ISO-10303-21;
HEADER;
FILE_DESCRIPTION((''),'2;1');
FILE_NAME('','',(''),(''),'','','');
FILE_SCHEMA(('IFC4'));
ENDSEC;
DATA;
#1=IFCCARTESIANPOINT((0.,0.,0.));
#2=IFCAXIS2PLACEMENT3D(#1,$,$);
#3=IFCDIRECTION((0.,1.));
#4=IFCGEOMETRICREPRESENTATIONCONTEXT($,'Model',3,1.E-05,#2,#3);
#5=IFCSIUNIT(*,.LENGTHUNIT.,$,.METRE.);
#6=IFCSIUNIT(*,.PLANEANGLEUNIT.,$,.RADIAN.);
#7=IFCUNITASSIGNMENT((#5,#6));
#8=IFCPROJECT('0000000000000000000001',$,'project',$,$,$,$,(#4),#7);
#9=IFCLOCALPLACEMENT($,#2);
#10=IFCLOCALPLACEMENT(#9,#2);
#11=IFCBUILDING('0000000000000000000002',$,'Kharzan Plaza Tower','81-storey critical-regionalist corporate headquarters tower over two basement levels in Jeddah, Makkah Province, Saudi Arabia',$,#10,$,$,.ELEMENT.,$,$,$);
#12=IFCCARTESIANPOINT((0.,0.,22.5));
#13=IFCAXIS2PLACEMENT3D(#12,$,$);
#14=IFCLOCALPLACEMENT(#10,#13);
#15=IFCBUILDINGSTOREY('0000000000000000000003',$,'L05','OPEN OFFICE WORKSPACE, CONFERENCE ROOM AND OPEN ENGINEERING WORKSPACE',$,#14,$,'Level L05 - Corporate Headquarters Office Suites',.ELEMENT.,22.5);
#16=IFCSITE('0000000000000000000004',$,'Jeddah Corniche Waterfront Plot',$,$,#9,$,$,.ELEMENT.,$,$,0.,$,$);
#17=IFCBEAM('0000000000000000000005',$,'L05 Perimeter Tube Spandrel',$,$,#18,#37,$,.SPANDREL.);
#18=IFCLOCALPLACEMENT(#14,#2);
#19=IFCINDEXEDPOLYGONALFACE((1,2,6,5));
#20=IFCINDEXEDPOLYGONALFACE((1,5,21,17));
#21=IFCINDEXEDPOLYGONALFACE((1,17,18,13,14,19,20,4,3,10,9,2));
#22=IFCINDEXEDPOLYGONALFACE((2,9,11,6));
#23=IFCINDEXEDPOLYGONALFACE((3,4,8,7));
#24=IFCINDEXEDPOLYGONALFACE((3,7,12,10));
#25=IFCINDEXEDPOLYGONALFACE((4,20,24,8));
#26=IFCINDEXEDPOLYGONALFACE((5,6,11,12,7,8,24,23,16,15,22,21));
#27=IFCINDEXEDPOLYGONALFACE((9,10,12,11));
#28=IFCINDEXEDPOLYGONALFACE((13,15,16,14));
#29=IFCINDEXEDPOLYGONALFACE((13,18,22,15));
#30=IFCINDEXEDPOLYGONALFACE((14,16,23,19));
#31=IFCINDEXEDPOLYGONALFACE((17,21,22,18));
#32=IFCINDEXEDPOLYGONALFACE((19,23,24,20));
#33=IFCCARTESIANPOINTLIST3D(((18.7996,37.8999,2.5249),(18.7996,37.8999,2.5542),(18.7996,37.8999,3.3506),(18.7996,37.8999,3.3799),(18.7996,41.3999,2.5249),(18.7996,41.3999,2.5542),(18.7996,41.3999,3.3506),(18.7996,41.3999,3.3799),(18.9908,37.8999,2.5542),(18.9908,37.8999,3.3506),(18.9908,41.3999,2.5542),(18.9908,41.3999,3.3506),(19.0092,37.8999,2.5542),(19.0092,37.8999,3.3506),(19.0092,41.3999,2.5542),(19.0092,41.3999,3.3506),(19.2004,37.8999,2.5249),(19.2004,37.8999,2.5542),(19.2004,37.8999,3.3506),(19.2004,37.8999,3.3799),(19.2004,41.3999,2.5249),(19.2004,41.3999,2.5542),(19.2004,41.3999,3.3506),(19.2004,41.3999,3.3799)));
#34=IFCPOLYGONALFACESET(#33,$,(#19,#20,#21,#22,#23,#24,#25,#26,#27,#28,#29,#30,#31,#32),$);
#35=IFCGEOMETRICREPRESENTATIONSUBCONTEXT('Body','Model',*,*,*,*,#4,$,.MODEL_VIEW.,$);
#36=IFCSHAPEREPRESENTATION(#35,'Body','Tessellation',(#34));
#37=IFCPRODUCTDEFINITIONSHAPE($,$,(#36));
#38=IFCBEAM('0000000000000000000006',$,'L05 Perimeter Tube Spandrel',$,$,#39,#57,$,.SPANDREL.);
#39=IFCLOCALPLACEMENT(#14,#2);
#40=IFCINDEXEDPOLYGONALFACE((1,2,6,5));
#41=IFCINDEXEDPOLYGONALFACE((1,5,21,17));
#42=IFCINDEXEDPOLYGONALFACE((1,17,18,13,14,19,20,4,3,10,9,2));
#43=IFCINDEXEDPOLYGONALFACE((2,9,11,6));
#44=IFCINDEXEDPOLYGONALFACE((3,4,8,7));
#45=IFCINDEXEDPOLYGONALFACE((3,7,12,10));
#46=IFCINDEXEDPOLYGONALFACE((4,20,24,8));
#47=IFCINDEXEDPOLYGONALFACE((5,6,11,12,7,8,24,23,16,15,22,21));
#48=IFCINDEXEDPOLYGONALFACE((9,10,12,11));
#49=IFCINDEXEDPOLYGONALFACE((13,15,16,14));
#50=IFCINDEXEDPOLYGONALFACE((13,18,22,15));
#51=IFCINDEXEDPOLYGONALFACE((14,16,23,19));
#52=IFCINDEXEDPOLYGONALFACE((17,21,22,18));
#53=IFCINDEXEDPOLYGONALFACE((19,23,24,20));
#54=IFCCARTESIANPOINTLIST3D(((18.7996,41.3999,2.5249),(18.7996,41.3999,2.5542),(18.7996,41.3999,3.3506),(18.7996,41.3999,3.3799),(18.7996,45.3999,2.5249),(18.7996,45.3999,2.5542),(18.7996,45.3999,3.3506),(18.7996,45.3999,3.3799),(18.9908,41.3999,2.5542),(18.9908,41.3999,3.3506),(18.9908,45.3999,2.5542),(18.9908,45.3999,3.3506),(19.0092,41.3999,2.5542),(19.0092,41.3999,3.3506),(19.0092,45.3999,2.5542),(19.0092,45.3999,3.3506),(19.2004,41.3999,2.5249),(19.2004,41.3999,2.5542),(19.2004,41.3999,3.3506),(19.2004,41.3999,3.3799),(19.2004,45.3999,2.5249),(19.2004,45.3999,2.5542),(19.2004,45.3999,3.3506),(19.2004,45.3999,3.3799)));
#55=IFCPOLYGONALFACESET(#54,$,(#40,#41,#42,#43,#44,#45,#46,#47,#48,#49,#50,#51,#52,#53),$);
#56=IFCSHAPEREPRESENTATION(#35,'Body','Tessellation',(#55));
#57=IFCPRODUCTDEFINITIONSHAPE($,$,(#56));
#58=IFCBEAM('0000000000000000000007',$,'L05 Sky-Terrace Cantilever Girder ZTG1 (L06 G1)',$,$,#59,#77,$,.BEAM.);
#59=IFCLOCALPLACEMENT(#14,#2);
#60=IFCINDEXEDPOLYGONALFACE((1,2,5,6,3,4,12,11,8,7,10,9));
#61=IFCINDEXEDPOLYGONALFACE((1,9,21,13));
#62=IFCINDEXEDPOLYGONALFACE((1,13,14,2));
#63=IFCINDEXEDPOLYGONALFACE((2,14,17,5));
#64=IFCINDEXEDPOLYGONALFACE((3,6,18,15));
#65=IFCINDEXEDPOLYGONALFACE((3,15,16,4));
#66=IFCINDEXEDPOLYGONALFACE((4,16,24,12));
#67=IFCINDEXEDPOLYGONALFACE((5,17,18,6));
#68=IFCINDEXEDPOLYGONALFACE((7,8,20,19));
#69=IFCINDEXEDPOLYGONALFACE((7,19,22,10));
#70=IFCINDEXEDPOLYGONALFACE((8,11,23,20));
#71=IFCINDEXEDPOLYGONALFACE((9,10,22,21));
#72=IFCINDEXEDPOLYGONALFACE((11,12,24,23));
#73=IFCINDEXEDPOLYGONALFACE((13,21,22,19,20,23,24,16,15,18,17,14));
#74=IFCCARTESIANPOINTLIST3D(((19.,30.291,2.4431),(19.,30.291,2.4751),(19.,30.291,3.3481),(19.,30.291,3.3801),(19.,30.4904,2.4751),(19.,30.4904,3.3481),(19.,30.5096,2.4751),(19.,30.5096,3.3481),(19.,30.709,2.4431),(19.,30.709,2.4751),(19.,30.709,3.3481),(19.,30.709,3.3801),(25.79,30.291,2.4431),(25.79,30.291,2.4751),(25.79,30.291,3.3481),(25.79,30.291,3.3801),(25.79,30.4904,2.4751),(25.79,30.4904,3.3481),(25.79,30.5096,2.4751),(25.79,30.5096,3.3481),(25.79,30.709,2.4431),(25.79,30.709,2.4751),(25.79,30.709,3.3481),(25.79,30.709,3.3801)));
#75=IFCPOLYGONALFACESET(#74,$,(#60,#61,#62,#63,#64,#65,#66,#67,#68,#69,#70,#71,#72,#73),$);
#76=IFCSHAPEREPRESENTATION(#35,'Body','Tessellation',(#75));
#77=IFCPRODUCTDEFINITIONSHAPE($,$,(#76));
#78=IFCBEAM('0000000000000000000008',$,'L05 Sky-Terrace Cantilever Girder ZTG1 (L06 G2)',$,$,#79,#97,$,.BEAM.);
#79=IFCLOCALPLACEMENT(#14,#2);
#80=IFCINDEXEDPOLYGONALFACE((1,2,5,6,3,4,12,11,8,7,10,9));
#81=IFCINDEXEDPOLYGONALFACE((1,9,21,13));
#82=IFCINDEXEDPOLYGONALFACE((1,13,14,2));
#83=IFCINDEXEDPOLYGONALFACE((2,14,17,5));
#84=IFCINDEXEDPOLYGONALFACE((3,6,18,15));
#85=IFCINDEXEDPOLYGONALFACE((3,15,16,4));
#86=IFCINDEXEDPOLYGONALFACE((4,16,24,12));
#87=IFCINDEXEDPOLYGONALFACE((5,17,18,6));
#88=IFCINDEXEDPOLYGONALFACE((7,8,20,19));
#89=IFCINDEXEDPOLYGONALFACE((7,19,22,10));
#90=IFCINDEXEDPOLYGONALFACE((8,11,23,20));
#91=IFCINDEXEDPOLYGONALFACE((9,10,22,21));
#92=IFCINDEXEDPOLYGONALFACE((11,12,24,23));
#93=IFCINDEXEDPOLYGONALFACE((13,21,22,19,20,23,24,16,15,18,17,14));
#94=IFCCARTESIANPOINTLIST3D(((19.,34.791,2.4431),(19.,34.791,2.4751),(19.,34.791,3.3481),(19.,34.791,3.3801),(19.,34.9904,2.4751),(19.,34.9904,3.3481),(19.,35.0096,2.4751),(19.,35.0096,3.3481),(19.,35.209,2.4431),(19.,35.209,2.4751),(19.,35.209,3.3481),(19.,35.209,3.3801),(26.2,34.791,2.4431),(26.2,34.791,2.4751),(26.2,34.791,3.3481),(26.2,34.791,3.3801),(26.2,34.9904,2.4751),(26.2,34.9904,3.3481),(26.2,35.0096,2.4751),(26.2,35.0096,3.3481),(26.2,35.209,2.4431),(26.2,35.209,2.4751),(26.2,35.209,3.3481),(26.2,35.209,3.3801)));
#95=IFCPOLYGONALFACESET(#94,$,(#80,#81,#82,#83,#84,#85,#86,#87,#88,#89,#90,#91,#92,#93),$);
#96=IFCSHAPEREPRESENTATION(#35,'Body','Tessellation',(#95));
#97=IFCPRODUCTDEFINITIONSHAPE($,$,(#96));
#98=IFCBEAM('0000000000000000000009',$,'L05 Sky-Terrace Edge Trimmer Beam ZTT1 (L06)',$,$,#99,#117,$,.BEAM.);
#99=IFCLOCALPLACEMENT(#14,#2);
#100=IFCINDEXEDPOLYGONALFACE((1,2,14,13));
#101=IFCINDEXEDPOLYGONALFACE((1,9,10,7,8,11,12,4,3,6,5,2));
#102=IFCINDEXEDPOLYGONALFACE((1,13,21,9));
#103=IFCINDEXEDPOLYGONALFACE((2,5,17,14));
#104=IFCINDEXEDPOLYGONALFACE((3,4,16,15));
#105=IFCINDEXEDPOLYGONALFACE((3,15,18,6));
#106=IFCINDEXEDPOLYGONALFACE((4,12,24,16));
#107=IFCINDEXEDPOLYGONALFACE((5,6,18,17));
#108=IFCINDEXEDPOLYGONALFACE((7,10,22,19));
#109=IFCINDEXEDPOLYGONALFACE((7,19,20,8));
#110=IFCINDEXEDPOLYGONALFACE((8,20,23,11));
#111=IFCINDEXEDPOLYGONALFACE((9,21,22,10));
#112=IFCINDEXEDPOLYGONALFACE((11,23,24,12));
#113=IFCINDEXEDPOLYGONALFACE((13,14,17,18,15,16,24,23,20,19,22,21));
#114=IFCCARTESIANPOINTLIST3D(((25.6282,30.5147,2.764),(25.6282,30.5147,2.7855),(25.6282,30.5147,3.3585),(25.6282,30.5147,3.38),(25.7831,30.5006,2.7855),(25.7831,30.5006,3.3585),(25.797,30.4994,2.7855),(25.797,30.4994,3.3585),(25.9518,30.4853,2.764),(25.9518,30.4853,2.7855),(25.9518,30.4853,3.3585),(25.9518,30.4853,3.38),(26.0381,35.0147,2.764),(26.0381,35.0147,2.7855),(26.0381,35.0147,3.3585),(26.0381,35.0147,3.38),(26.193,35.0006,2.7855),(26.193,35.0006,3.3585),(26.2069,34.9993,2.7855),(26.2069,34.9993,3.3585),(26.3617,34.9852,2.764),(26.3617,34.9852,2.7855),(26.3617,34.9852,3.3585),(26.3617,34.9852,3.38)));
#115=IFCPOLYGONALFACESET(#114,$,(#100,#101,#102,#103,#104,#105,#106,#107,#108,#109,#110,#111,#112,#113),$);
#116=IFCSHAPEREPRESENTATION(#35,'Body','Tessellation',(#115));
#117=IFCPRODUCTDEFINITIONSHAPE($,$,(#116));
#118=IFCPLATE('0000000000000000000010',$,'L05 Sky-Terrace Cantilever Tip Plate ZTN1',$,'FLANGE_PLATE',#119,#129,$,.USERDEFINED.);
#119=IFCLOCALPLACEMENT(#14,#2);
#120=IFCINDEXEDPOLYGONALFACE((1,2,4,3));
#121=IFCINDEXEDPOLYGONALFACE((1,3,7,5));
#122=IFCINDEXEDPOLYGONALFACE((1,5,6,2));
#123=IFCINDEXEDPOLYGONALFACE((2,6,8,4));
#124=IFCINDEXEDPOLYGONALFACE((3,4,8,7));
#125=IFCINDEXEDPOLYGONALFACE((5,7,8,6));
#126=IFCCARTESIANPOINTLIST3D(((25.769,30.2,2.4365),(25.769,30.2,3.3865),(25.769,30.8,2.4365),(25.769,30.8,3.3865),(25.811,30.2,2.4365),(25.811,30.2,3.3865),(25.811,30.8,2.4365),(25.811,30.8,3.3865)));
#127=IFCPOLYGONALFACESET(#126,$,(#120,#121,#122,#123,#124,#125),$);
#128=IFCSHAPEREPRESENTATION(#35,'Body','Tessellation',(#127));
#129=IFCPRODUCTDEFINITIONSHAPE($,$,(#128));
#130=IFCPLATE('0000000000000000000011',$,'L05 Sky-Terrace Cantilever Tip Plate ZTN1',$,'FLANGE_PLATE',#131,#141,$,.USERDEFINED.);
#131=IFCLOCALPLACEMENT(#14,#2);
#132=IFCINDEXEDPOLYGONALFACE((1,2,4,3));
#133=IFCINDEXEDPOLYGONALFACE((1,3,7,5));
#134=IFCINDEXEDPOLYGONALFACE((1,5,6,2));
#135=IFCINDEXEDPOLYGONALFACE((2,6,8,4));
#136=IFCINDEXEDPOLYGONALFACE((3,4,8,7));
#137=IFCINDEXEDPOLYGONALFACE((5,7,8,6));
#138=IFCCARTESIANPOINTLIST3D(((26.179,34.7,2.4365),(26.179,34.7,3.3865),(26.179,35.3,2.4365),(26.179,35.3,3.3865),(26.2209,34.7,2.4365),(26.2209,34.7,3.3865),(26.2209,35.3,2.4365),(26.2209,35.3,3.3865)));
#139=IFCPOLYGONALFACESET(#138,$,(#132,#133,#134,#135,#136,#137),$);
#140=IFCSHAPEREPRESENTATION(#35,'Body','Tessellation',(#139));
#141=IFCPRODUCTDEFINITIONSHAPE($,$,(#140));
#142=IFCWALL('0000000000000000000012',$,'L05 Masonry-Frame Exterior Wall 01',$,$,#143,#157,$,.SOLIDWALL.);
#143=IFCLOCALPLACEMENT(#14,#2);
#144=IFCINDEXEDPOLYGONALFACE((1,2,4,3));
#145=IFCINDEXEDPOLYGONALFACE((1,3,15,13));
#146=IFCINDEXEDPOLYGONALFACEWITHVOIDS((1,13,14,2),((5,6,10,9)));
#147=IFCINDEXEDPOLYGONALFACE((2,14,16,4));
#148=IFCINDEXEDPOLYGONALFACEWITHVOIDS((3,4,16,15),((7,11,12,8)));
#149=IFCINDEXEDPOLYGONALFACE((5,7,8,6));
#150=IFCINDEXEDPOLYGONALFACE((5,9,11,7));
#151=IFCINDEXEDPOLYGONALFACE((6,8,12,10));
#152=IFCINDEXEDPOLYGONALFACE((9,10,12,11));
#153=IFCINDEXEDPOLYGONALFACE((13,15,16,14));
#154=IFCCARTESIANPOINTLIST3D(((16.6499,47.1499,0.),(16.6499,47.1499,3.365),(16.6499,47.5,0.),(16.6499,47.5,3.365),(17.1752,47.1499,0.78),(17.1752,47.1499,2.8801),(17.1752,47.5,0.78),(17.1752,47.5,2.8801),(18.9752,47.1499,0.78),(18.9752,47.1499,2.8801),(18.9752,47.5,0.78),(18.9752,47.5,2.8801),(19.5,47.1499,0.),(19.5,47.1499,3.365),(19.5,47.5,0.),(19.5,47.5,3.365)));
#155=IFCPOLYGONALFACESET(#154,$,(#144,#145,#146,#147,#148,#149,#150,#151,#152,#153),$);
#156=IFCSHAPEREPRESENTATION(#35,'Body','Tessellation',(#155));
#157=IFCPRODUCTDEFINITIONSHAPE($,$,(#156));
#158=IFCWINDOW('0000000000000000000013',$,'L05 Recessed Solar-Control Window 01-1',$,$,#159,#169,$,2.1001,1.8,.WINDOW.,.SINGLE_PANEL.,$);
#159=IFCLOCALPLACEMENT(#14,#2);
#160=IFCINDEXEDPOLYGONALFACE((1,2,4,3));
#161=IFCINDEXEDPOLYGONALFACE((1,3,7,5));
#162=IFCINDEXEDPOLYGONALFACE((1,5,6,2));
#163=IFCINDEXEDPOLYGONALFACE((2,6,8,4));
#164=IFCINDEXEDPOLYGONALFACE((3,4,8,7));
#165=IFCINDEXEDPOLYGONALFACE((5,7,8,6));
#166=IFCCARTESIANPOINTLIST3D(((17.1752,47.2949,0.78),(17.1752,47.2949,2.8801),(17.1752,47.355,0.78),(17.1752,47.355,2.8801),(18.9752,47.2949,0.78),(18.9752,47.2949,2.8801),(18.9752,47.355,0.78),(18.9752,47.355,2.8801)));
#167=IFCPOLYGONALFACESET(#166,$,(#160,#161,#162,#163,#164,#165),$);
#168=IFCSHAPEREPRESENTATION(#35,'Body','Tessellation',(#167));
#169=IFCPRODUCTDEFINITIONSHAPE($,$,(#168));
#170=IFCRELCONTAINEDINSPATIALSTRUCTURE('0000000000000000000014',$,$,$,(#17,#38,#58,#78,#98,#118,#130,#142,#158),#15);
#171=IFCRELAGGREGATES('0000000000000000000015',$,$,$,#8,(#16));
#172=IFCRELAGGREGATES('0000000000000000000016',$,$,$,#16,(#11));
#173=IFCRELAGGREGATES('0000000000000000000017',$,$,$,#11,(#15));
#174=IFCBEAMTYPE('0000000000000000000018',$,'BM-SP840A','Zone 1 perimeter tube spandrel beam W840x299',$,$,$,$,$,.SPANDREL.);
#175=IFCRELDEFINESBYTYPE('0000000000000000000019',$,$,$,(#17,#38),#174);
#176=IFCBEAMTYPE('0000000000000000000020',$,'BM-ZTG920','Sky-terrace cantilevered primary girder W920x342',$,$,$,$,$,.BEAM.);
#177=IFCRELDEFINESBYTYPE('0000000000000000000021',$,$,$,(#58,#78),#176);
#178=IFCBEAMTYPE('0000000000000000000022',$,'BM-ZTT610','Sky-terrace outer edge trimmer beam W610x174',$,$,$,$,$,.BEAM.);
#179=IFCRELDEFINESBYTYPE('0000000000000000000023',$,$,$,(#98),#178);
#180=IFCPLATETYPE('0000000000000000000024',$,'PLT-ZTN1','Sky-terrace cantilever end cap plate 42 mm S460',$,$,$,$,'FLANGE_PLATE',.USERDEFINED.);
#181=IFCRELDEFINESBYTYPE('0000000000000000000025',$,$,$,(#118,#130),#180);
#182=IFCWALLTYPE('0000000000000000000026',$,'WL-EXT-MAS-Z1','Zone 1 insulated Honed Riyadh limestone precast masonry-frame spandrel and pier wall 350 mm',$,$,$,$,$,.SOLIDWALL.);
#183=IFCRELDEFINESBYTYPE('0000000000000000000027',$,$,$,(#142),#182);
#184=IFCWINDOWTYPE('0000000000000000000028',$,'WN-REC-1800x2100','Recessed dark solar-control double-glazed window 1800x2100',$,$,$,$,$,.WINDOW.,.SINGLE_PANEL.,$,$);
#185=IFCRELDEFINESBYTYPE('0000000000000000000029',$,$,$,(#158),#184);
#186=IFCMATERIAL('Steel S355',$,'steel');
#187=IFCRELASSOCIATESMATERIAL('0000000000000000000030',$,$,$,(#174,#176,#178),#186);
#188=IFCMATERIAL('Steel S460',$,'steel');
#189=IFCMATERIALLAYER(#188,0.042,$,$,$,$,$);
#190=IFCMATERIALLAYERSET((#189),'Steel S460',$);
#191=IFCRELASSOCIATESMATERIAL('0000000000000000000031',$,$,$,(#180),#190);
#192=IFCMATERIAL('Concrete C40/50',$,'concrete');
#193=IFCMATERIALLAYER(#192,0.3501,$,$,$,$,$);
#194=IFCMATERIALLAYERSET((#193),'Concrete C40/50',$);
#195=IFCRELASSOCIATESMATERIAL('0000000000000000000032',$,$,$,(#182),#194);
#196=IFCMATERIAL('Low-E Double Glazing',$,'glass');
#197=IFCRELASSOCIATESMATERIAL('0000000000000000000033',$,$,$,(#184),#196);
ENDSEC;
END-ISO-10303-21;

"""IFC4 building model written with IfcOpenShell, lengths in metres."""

from ifc_helpers import new_model, si_unit, direction, frame, frame_2d, origin, origin_2d, place, context, subcontext, project, spatial, rectangle, i_section, extrude, source, transform, mapped, material, layer, layer_set, material_profile, profile_set, type_object, element, fill, save


model = new_model("IFC4")

# Units and contexts
model_context = context("Model", 3, precision=1e-05, world=origin(), true_north=direction((0.0, 1.0)))
body_context = subcontext(model_context, "Body", "Model", "MODEL_VIEW")
ifc_project = project(units=[si_unit("LENGTHUNIT", "METRE"), si_unit("PLANEANGLEUNIT", "RADIAN")], contexts=[model_context])

# Site, building, storey
site_placement = place(None, origin())
site = spatial("IfcSite", under=ifc_project, at=site_placement, Name="Jeddah Corniche Waterfront Plot", CompositionType="ELEMENT", RefElevation=0.0)
building_placement = place(site_placement, origin())
building = spatial("IfcBuilding", under=site, at=building_placement, Name="Kharzan Plaza Tower", Description="81-storey critical-regionalist corporate headquarters tower over two basement levels in Jeddah, Makkah Province, Saudi Arabia", CompositionType="ELEMENT")
storey_placement = place(building_placement, frame((0.0, 0.0, 22.5)))
storey = spatial("IfcBuildingStorey", under=building, at=storey_placement, Name="L05", Description="OPEN OFFICE WORKSPACE, CONFERENCE ROOM AND OPEN ENGINEERING WORKSPACE", LongName="Level L05 - Corporate Headquarters Office Suites", CompositionType="ELEMENT", Elevation=22.5)

# Beams
ifc_material_1 = material(Name="Steel S355", Category="steel")
ifc_material_profile_1 = material_profile(ifc_material_1, i_section(OverallWidth=0.4009, OverallDepth=0.855, WebThickness=0.0183, FlangeThickness=0.0293, at=origin_2d()), Name="W840x299")
ifc_profile_set_1 = profile_set([ifc_material_profile_1], Name="Steel S355")
beam_type_1 = type_object("IfcBeamType", Name="BM-SP840A", Description="Zone 1 perimeter tube spandrel beam W840x299", PredefinedType="SPANDREL", material=ifc_profile_set_1)
shared_shape_1 = source(origin(), body_context, "Body", "SweptSolid", [
    extrude(i_section(OverallWidth=0.4009, OverallDepth=0.855, WebThickness=0.0183, FlangeThickness=0.0293, at=origin_2d()), origin(), (0.0, 0.0, 1.0), 3.5),
])
beam_1_placement = place(storey_placement, frame((19.0, 37.8999, 2.9524), z_axis=(0.0, 1.0, 0.0), x_axis=(-1.0, 0.0, 0.0)))
element("IfcBeam", 1, at=beam_1_placement, inside=storey, type_object=beam_type_1, Name="L05 Perimeter Tube Spandrel", PredefinedType="SPANDREL", context=body_context, shape_type="MappedRepresentation", body=[
    mapped(shared_shape_1, transform((0.0, 0.0, 0.0), x_axis=(1.0, 0.0, 0.0), y_axis=(0.0, 1.0, 0.0), z_axis=(0.0, 0.0, 1.0))),
])
shared_shape_2 = source(origin(), body_context, "Body", "SweptSolid", [
    extrude(i_section(OverallWidth=0.4009, OverallDepth=0.855, WebThickness=0.0183, FlangeThickness=0.0293, at=origin_2d()), origin(), (0.0, 0.0, 1.0), 4.0),
])
beam_2_placement = place(storey_placement, frame((19.0, 41.3999, 2.9524), z_axis=(0.0, 1.0, 0.0), x_axis=(-1.0, 0.0, 0.0)))
element("IfcBeam", 2, at=beam_2_placement, inside=storey, type_object=beam_type_1, Name="L05 Perimeter Tube Spandrel", PredefinedType="SPANDREL", context=body_context, shape_type="MappedRepresentation", body=[
    mapped(shared_shape_2, transform((0.0, 0.0, 0.0), x_axis=(1.0, 0.0, 0.0), y_axis=(0.0, 1.0, 0.0), z_axis=(0.0, 0.0, 1.0))),
])
ifc_material_profile_2 = material_profile(ifc_material_1, i_section(OverallWidth=0.418, OverallDepth=0.937, WebThickness=0.0193, FlangeThickness=0.032, at=origin_2d()), Name="W920x342")
ifc_profile_set_2 = profile_set([ifc_material_profile_2], Name="Steel S355")
beam_type_2 = type_object("IfcBeamType", Name="BM-ZTG920", Description="Sky-terrace cantilevered primary girder W920x342", PredefinedType="BEAM", material=ifc_profile_set_2)
shared_shape_3 = source(origin(), body_context, "Body", "SweptSolid", [
    extrude(i_section(OverallWidth=0.418, OverallDepth=0.937, WebThickness=0.0193, FlangeThickness=0.032, at=origin_2d()), origin(), (0.0, 0.0, 1.0), 6.79),
])
beam_3_placement = place(storey_placement, frame((19.0, 30.5, 2.9116), z_axis=(1.0, 0.0, 0.0), x_axis=(0.0, 1.0, 0.0)))
element("IfcBeam", 3, at=beam_3_placement, inside=storey, type_object=beam_type_2, Name="L05 Sky-Terrace Cantilever Girder ZTG1 (L06 G1)", PredefinedType="BEAM", context=body_context, shape_type="MappedRepresentation", body=[
    mapped(shared_shape_3, transform((0.0, 0.0, 0.0), x_axis=(1.0, 0.0, 0.0), y_axis=(0.0, 1.0, 0.0), z_axis=(0.0, 0.0, 1.0))),
])
shared_shape_4 = source(origin(), body_context, "Body", "SweptSolid", [
    extrude(i_section(OverallWidth=0.418, OverallDepth=0.937, WebThickness=0.0193, FlangeThickness=0.032, at=origin_2d()), origin(), (0.0, 0.0, 1.0), 7.2),
])
beam_4_placement = place(storey_placement, frame((19.0, 35.0, 2.9116), z_axis=(1.0, 0.0, 0.0), x_axis=(0.0, 1.0, 0.0)))
element("IfcBeam", 4, at=beam_4_placement, inside=storey, type_object=beam_type_2, Name="L05 Sky-Terrace Cantilever Girder ZTG1 (L06 G2)", PredefinedType="BEAM", context=body_context, shape_type="MappedRepresentation", body=[
    mapped(shared_shape_4, transform((0.0, 0.0, 0.0), x_axis=(1.0, 0.0, 0.0), y_axis=(0.0, 1.0, 0.0), z_axis=(0.0, 0.0, 1.0))),
])
ifc_material_profile_3 = material_profile(ifc_material_1, i_section(OverallWidth=0.325, OverallDepth=0.616, WebThickness=0.0139, FlangeThickness=0.0215, at=origin_2d()), Name="W610x174")
ifc_profile_set_3 = profile_set([ifc_material_profile_3], Name="Steel S355")
beam_type_3 = type_object("IfcBeamType", Name="BM-ZTT610", Description="Sky-terrace outer edge trimmer beam W610x174", PredefinedType="BEAM", material=ifc_profile_set_3)
shared_shape_5 = source(origin(), body_context, "Body", "SweptSolid", [
    extrude(i_section(OverallWidth=0.325, OverallDepth=0.616, WebThickness=0.0139, FlangeThickness=0.0215, at=origin_2d()), origin(), (0.0, 0.0, 1.0), 4.5186),
])
beam_5_placement = place(storey_placement, frame((25.79, 30.5, 3.072), z_axis=(0.090716, 0.995877, 0.0), x_axis=(-0.995877, 0.090716, 0.0)))
element("IfcBeam", 5, at=beam_5_placement, inside=storey, type_object=beam_type_3, Name="L05 Sky-Terrace Edge Trimmer Beam ZTT1 (L06)", PredefinedType="BEAM", context=body_context, shape_type="MappedRepresentation", body=[
    mapped(shared_shape_5, transform((0.0, 0.0, 0.0), x_axis=(1.0, 0.0, 0.0), y_axis=(0.0, 1.0, 0.0), z_axis=(0.0, 0.0, 1.0))),
])

# Plates
ifc_material_2 = material(Name="Steel S460", Category="steel")
ifc_layer_1 = layer(ifc_material_2, 0.042)
ifc_layer_set_1 = layer_set([ifc_layer_1], Name="Steel S460")
plate_type = type_object("IfcPlateType", Name="PLT-ZTN1", Description="Sky-terrace cantilever end cap plate 42 mm S460", ElementType="FLANGE_PLATE", PredefinedType="USERDEFINED", material=ifc_layer_set_1)
shared_shape_6 = source(origin(), body_context, "Body", "SweptSolid", [
    extrude(rectangle(XDim=0.6001, YDim=0.042, at=origin_2d()), origin(), (0.0, 0.0, 1.0), 0.95),
])
for number, where, z_axis, x_axis, name in (
    (6, (25.79, 30.5, 2.4365), (0.0, 0.0, 1.0), (0.0, 1.0, 0.0), "L05 Sky-Terrace Cantilever Tip Plate ZTN1"),
    (7, (26.2, 35.0, 2.4365), (0.0, 0.0, 1.0), (0.0, 1.0, 0.0), "L05 Sky-Terrace Cantilever Tip Plate ZTN1"),
):
    element("IfcPlate", number, at=place(storey_placement, frame(where, z_axis=z_axis, x_axis=x_axis)), inside=storey, type_object=plate_type, Name=name, ObjectType="FLANGE_PLATE", PredefinedType="USERDEFINED", context=body_context, shape_type="MappedRepresentation", body=[
        mapped(shared_shape_6, transform((0.0, 0.0, 0.0), x_axis=(1.0, 0.0, 0.0), y_axis=(0.0, 1.0, 0.0), z_axis=(0.0, 0.0, 1.0))),
    ])

# Wall, opening, window
ifc_material_3 = material(Name="Concrete C40/50", Category="concrete")
ifc_layer_2 = layer(ifc_material_3, 0.3501)
ifc_layer_set_2 = layer_set([ifc_layer_2], Name="Concrete C40/50")
wall_type = type_object("IfcWallType", Name="WL-EXT-MAS-Z1", Description="Zone 1 insulated Honed Riyadh limestone precast masonry-frame spandrel and pier wall 350 mm", PredefinedType="SOLIDWALL", material=ifc_layer_set_2)
wall_1_placement = place(storey_placement, frame((19.5, 47.325, 0.0), z_axis=(0.0, 0.0, 1.0), x_axis=(-1.0, 0.0, 0.0)))
wall_1 = element("IfcWall", 8, at=wall_1_placement, inside=storey, type_object=wall_type, Name="L05 Masonry-Frame Exterior Wall 01", PredefinedType="SOLIDWALL", context=body_context, shape_type="SweptSolid", body=[
    extrude(rectangle(XDim=2.8501, YDim=0.3501, at=frame_2d((1.425, 0.0))), origin(), (0.0, 0.0, 1.0), 3.365),
])
opening_1_placement = place(wall_1_placement, frame((0.5249, 0.0, 0.78)))
opening_1 = element("IfcOpeningElement", 9, at=opening_1_placement, cuts=wall_1, PredefinedType="OPENING", context=body_context, shape_type="SweptSolid", body=[
    extrude(rectangle(XDim=1.8, YDim=2.1001, at=frame_2d((0.8999, 1.05))), frame((0.0, 0.1851, 0.0), z_axis=(0.0, -1.0, 0.0), x_axis=(1.0, 0.0, 0.0)), (0.0, 0.0, 1.0), 0.3701),
])
ifc_material_4 = material(Name="Low-E Double Glazing", Category="glass")
window_type_1 = type_object("IfcWindowType", Name="WN-REC-1800x2100", Description="Recessed dark solar-control double-glazed window 1800x2100", PartitioningType="SINGLE_PANEL", PredefinedType="WINDOW", material=ifc_material_4)
shared_shape_7 = source(origin(), body_context, "Body", "SweptSolid", [
    extrude(rectangle(XDim=1.8, YDim=2.1001, at=frame_2d((0.8999, 1.05))), frame((0.0, 0.03, 0.0), z_axis=(0.0, -1.0, 0.0), x_axis=(1.0, 0.0, 0.0)), (0.0, 0.0, 1.0), 0.0601),
])
window_1_placement = place(opening_1_placement, origin())
window_1 = element("IfcWindow", 10, at=window_1_placement, inside=storey, type_object=window_type_1, Name="L05 Recessed Solar-Control Window 01-1", OverallHeight=2.1001, OverallWidth=1.8, PartitioningType="SINGLE_PANEL", PredefinedType="WINDOW", context=body_context, shape_type="MappedRepresentation", body=[
    mapped(shared_shape_7, transform((0.0, 0.0, 0.0), x_axis=(1.0, 0.0, 0.0), y_axis=(0.0, 1.0, 0.0), z_axis=(0.0, 0.0, 1.0))),
])
fill(opening_1, window_1)

save(model, "model.ifc")
